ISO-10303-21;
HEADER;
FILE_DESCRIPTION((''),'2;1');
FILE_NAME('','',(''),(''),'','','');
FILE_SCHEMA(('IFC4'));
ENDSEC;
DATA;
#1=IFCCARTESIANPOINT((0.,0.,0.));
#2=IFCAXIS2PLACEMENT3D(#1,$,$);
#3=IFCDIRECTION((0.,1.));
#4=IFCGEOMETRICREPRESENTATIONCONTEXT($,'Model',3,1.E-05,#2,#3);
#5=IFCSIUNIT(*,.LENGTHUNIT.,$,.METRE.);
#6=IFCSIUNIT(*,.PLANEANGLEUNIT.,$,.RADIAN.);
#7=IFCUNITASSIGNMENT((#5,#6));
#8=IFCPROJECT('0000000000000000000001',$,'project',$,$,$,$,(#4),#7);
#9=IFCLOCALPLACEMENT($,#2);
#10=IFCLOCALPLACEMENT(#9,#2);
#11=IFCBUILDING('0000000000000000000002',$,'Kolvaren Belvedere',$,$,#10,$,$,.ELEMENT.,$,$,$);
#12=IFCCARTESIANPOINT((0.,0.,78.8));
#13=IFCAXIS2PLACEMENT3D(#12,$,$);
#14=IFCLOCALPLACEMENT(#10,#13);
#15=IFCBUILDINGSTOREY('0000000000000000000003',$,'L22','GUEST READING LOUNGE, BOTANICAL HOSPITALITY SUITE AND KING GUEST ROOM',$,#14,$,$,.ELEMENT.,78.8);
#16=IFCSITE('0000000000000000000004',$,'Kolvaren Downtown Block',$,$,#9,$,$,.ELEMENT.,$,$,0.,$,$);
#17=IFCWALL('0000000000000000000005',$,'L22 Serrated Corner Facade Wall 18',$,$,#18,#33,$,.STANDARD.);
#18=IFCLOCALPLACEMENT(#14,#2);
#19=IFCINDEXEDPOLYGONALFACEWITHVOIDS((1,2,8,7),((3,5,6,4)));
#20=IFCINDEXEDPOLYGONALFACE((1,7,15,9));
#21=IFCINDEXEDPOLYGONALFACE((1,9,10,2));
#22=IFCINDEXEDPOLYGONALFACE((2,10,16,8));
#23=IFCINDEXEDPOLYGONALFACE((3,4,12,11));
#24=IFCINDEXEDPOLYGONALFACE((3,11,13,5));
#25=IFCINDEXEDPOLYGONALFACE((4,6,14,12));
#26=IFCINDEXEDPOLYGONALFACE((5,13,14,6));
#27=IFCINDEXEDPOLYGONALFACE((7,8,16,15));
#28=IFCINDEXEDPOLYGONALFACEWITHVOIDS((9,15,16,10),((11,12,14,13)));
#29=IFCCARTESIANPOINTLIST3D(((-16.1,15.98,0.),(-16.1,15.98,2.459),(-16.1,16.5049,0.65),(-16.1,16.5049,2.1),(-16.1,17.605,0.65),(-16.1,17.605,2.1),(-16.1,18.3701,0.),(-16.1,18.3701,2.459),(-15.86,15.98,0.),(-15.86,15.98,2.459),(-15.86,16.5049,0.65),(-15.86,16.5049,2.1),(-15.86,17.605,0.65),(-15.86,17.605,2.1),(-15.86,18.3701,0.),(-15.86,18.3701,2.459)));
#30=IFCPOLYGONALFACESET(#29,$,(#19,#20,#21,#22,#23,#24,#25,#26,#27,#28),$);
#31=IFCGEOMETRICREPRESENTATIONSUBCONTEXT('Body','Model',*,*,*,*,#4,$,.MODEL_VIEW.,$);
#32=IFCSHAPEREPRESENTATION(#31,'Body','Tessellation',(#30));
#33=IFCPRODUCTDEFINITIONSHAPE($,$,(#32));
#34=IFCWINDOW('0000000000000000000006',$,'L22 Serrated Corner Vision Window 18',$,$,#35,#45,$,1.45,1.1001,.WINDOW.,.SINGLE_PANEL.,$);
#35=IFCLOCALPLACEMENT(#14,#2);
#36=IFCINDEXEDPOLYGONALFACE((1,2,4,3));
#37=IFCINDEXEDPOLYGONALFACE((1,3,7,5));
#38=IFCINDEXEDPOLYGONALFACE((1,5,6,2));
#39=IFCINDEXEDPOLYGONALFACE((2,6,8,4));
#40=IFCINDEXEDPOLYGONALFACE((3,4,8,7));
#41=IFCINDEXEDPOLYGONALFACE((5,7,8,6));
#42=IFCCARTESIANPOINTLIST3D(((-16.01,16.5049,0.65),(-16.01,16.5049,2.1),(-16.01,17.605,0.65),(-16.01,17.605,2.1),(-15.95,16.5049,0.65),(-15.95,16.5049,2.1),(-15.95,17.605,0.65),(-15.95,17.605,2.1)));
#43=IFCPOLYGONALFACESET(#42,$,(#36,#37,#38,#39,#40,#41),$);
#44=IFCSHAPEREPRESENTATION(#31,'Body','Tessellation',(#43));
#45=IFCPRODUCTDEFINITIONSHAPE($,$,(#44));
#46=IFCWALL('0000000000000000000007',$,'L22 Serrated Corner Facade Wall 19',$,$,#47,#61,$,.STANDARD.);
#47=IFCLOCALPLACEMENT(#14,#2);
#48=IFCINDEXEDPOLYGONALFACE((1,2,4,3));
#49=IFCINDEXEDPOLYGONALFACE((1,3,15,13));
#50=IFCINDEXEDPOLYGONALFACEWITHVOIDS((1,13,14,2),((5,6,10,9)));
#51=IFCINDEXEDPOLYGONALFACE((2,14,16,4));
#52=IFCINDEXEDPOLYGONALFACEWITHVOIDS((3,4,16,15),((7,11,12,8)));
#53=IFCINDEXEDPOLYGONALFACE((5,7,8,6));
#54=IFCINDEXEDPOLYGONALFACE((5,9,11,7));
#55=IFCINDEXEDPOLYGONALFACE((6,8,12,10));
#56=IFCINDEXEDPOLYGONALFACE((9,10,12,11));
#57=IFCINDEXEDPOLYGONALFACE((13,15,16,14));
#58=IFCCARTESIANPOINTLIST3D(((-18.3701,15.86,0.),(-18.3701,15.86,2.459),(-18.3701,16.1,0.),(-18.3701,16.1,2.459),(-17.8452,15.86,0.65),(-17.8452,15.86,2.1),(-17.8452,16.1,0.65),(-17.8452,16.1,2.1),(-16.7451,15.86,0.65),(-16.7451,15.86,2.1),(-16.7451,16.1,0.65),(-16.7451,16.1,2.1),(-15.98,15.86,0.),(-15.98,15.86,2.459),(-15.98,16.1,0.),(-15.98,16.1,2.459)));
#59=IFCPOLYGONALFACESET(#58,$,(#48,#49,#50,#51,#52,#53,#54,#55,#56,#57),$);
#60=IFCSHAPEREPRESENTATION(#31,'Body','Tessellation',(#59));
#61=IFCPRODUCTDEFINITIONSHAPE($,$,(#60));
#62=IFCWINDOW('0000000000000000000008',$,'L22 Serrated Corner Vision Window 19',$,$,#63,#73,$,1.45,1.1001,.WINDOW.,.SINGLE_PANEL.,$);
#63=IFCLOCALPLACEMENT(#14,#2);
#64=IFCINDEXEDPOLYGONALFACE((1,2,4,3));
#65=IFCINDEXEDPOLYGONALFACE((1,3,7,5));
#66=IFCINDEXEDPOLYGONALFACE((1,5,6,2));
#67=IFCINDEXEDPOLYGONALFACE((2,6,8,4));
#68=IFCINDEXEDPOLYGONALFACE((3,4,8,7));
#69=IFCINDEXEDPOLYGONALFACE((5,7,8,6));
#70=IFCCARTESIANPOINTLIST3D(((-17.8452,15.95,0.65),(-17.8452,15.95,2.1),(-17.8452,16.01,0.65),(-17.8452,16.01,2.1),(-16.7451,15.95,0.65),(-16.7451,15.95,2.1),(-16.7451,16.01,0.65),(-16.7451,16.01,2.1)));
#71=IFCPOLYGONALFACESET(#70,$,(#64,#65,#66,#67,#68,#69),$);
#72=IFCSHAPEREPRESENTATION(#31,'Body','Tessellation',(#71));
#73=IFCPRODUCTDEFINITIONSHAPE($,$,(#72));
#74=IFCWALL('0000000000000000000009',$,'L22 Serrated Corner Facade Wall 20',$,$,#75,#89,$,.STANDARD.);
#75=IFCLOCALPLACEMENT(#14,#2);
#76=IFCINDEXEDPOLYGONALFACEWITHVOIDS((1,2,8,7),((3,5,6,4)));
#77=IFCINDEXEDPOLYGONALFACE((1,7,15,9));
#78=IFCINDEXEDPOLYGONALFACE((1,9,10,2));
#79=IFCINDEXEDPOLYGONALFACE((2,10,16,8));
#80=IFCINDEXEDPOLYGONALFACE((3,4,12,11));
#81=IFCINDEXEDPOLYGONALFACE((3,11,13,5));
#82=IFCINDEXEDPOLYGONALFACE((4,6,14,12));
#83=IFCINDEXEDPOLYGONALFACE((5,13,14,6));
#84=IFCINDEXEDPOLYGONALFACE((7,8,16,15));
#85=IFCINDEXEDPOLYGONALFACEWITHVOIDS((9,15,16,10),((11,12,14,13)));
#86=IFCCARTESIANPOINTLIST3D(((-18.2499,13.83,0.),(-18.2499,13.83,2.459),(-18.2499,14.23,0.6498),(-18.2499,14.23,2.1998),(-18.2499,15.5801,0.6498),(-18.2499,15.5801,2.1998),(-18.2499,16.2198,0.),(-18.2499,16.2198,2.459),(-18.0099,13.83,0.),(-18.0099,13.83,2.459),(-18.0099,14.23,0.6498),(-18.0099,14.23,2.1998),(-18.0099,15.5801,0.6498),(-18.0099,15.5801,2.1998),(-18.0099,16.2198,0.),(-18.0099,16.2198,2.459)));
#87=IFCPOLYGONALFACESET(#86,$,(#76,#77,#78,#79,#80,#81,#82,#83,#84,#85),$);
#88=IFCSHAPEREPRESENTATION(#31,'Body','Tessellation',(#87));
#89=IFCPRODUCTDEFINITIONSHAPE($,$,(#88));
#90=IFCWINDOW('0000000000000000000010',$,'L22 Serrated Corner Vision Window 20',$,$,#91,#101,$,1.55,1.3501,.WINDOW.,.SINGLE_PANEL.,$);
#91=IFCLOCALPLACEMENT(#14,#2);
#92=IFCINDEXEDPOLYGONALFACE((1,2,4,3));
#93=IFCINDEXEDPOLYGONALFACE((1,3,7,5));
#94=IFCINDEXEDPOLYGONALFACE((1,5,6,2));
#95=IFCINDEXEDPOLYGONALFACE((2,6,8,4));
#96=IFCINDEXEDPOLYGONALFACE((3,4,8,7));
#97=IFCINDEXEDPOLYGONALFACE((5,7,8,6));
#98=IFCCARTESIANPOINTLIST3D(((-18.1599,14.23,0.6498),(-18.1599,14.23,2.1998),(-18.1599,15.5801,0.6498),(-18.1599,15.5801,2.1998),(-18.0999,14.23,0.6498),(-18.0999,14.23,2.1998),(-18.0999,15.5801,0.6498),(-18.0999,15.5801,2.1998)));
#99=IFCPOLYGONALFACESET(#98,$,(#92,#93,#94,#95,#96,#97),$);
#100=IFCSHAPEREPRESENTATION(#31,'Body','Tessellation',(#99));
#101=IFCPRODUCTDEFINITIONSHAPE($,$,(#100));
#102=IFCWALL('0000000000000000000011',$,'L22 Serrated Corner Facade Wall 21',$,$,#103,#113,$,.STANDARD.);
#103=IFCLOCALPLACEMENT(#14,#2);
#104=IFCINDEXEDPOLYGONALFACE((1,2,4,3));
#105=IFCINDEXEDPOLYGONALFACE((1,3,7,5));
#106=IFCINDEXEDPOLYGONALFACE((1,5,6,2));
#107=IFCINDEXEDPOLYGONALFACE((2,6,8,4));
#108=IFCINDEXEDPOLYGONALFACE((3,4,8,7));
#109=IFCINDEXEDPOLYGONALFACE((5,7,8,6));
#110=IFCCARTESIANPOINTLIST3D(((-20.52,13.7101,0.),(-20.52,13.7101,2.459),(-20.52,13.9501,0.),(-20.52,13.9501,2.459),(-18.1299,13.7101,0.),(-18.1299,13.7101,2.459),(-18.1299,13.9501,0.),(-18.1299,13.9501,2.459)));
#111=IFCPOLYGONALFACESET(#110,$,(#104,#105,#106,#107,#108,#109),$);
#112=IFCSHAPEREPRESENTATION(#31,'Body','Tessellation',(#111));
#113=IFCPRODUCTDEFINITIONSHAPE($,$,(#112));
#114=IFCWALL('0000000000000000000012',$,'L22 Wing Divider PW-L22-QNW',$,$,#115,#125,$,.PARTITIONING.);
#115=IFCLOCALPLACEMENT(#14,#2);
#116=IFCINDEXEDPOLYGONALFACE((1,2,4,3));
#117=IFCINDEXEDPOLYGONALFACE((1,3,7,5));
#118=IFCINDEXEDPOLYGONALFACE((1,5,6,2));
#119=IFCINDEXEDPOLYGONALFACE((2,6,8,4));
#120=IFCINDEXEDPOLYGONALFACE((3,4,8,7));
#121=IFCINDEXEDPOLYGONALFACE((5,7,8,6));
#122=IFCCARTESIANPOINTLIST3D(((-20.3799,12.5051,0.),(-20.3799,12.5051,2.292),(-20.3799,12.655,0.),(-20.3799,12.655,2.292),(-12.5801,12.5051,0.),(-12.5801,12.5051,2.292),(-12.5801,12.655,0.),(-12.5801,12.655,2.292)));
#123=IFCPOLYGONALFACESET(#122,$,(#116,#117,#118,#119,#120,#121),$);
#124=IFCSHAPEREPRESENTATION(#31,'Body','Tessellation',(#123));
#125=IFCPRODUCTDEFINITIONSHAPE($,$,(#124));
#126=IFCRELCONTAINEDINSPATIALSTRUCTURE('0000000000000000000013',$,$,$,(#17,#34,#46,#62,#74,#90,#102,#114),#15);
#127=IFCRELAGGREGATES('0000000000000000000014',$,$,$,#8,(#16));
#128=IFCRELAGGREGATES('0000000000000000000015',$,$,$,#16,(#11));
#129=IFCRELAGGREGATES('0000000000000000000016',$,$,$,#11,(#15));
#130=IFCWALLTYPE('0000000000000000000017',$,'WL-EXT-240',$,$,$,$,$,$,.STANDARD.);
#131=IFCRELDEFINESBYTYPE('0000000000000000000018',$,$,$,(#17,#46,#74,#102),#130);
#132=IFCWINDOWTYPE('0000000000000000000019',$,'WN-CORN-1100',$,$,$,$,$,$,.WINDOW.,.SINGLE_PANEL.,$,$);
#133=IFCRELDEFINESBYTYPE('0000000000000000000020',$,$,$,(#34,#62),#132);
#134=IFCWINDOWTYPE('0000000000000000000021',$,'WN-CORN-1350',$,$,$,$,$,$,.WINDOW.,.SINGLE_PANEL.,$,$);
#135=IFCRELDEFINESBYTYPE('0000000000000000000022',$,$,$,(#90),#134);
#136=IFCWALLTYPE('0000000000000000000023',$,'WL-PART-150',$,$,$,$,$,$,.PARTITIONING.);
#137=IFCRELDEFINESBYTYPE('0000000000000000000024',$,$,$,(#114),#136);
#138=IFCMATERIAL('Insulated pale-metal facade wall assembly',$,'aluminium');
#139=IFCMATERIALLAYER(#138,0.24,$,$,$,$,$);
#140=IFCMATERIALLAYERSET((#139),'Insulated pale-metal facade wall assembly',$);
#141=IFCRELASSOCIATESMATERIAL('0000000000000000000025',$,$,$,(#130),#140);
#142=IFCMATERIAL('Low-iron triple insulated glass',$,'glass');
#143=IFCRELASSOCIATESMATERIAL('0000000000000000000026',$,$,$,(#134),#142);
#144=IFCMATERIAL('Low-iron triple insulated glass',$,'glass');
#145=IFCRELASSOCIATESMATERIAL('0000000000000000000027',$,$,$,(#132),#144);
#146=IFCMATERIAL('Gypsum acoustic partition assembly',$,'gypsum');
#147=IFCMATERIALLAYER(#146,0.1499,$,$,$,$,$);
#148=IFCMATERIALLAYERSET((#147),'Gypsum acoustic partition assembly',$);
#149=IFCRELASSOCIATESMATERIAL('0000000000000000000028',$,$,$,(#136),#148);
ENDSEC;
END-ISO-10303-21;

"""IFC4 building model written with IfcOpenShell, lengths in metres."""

from ifc_helpers import new_model, si_unit, direction, frame, frame_2d, origin, place, context, subcontext, project, spatial, rectangle, extrude, material, layer, layer_set, type_object, element, fill, save


model = new_model("IFC4")

# Units and contexts
model_context = context("Model", 3, precision=1e-05, world=origin(), true_north=direction((0.0, 1.0)))
body_context = subcontext(model_context, "Body", "Model", "MODEL_VIEW")
ifc_project = project(units=[si_unit("LENGTHUNIT", "METRE"), si_unit("PLANEANGLEUNIT", "RADIAN")], contexts=[model_context])

# Site, building, storey
site_placement = place(None, origin())
site = spatial("IfcSite", under=ifc_project, at=site_placement, Name="Kolvaren Downtown Block", CompositionType="ELEMENT", RefElevation=0.0)
building_placement = place(site_placement, origin())
building = spatial("IfcBuilding", under=site, at=building_placement, Name="Kolvaren Belvedere", CompositionType="ELEMENT")
storey_placement = place(building_placement, frame((0.0, 0.0, 78.8)))
storey = spatial("IfcBuildingStorey", under=building, at=storey_placement, Name="L22", Description="GUEST READING LOUNGE, BOTANICAL HOSPITALITY SUITE AND KING GUEST ROOM", CompositionType="ELEMENT", Elevation=78.8)

# Shared definitions
ifc_material_1 = material(Name="Insulated pale-metal facade wall assembly", Category="aluminium")
ifc_layer_1 = layer(ifc_material_1, 0.24)
ifc_layer_set_1 = layer_set([ifc_layer_1], Name="Insulated pale-metal facade wall assembly")
wall_type_1 = type_object("IfcWallType", Name="WL-EXT-240", PredefinedType="STANDARD", material=ifc_layer_set_1)

# Walls, openings, windows
ifc_material_2 = material(Name="Low-iron triple insulated glass", Category="glass")
window_type_1 = type_object("IfcWindowType", Name="WN-CORN-1350", PartitioningType="SINGLE_PANEL", PredefinedType="WINDOW", material=ifc_material_2)
wall_1_placement = place(storey_placement, frame((-15.98, 15.98, 0.0), z_axis=(0.0, 0.0, 1.0), x_axis=(0.0, 1.0, 0.0)))
wall_1 = element("IfcWall", 1, at=wall_1_placement, inside=storey, type_object=wall_type_1, Name="L22 Serrated Corner Facade Wall 18", PredefinedType="STANDARD", context=body_context, shape_type="SweptSolid", body=[
    extrude(rectangle(XDim=2.3901, YDim=0.24, at=frame_2d((1.1951, 0.0))), origin(), (0.0, 0.0, 1.0), 2.459),
])
opening_1_placement = place(wall_1_placement, frame((0.5249, 0.0, 0.6499)))
opening_1 = element("IfcOpeningElement", 2, at=opening_1_placement, cuts=wall_1, PredefinedType="OPENING", context=body_context, shape_type="SweptSolid", body=[
    extrude(rectangle(XDim=1.1001, YDim=1.45, at=frame_2d((0.55, 0.7251))), frame((0.0, 0.1299, 0.0), z_axis=(0.0, -1.0, 0.0), x_axis=(1.0, 0.0, 0.0)), (0.0, 0.0, 1.0), 0.26),
])
ifc_material_3 = material(Name="Low-iron triple insulated glass", Category="glass")
window_type_2 = type_object("IfcWindowType", Name="WN-CORN-1100", PartitioningType="SINGLE_PANEL", PredefinedType="WINDOW", material=ifc_material_3)
window_1_placement = place(opening_1_placement, origin())
window_1 = element("IfcWindow", 3, at=window_1_placement, inside=storey, type_object=window_type_2, Name="L22 Serrated Corner Vision Window 18", OverallHeight=1.45, OverallWidth=1.1001, PartitioningType="SINGLE_PANEL", PredefinedType="WINDOW", context=body_context, shape_type="SweptSolid", body=[
    extrude(rectangle(XDim=1.1001, YDim=1.45, at=frame_2d((0.55, 0.7251))), frame((0.0, 0.03, 0.0), z_axis=(0.0, -1.0, 0.0), x_axis=(1.0, 0.0, 0.0)), (0.0, 0.0, 1.0), 0.0601),
])
fill(opening_1, window_1)
wall_2_placement = place(storey_placement, frame((-18.3701, 15.98, 0.0), z_axis=(0.0, 0.0, 1.0), x_axis=(1.0, 0.0, 0.0)))
wall_2 = element("IfcWall", 4, at=wall_2_placement, inside=storey, type_object=wall_type_1, Name="L22 Serrated Corner Facade Wall 19", PredefinedType="STANDARD", context=body_context, shape_type="SweptSolid", body=[
    extrude(rectangle(XDim=2.3901, YDim=0.24, at=frame_2d((1.1951, 0.0))), origin(), (0.0, 0.0, 1.0), 2.459),
])
opening_2_placement = place(wall_2_placement, frame((0.5249, 0.0, 0.6499)))
opening_2 = element("IfcOpeningElement", 5, at=opening_2_placement, cuts=wall_2, PredefinedType="OPENING", context=body_context, shape_type="SweptSolid", body=[
    extrude(rectangle(XDim=1.1001, YDim=1.45, at=frame_2d((0.55, 0.7251))), frame((0.0, 0.1299, 0.0), z_axis=(0.0, -1.0, 0.0), x_axis=(1.0, 0.0, 0.0)), (0.0, 0.0, 1.0), 0.26),
])
window_2_placement = place(opening_2_placement, origin())
window_2 = element("IfcWindow", 6, at=window_2_placement, inside=storey, type_object=window_type_2, Name="L22 Serrated Corner Vision Window 19", OverallHeight=1.45, OverallWidth=1.1001, PartitioningType="SINGLE_PANEL", PredefinedType="WINDOW", context=body_context, shape_type="SweptSolid", body=[
    extrude(rectangle(XDim=1.1001, YDim=1.45, at=frame_2d((0.55, 0.7251))), frame((0.0, 0.03, 0.0), z_axis=(0.0, -1.0, 0.0), x_axis=(1.0, 0.0, 0.0)), (0.0, 0.0, 1.0), 0.0601),
])
fill(opening_2, window_2)
wall_3_placement = place(storey_placement, frame((-18.1299, 13.8301, 0.0), z_axis=(0.0, 0.0, 1.0), x_axis=(0.0, 1.0, 0.0)))
wall_3 = element("IfcWall", 7, at=wall_3_placement, inside=storey, type_object=wall_type_1, Name="L22 Serrated Corner Facade Wall 20", PredefinedType="STANDARD", context=body_context, shape_type="SweptSolid", body=[
    extrude(rectangle(XDim=2.3899, YDim=0.24, at=frame_2d((1.1948, 0.0))), origin(), (0.0, 0.0, 1.0), 2.459),
])
opening_3_placement = place(wall_3_placement, frame((0.3999, 0.0, 0.6499)))
opening_3 = element("IfcOpeningElement", 8, at=opening_3_placement, cuts=wall_3, PredefinedType="OPENING", context=body_context, shape_type="SweptSolid", body=[
    extrude(rectangle(XDim=1.3501, YDim=1.55, at=frame_2d((0.675, 0.7749))), frame((0.0, 0.1299, 0.0), z_axis=(0.0, -1.0, 0.0), x_axis=(1.0, 0.0, 0.0)), (0.0, 0.0, 1.0), 0.26),
])
window_3_placement = place(opening_3_placement, origin())
window_3 = element("IfcWindow", 9, at=window_3_placement, inside=storey, type_object=window_type_1, Name="L22 Serrated Corner Vision Window 20", OverallHeight=1.55, OverallWidth=1.3501, PartitioningType="SINGLE_PANEL", PredefinedType="WINDOW", context=body_context, shape_type="SweptSolid", body=[
    extrude(rectangle(XDim=1.3501, YDim=1.55, at=frame_2d((0.675, 0.7749))), frame((0.0, 0.03, 0.0), z_axis=(0.0, -1.0, 0.0), x_axis=(1.0, 0.0, 0.0)), (0.0, 0.0, 1.0), 0.0601),
])
fill(opening_3, window_3)

# Walls
wall_4_placement = place(storey_placement, frame((-20.52, 13.8301, 0.0), z_axis=(0.0, 0.0, 1.0), x_axis=(1.0, 0.0, 0.0)))
element("IfcWall", 10, at=wall_4_placement, inside=storey, type_object=wall_type_1, Name="L22 Serrated Corner Facade Wall 21", PredefinedType="STANDARD", context=body_context, shape_type="SweptSolid", body=[
    extrude(rectangle(XDim=2.3901, YDim=0.24, at=frame_2d((1.1951, 0.0))), origin(), (0.0, 0.0, 1.0), 2.459),
])
ifc_material_4 = material(Name="Gypsum acoustic partition assembly", Category="gypsum")
ifc_layer_2 = layer(ifc_material_4, 0.1499)
ifc_layer_set_2 = layer_set([ifc_layer_2], Name="Gypsum acoustic partition assembly")
wall_type_2 = type_object("IfcWallType", Name="WL-PART-150", PredefinedType="PARTITIONING", material=ifc_layer_set_2)
wall_5_placement = place(storey_placement, frame((-20.3799, 12.5801, 0.0), z_axis=(0.0, 0.0, 1.0), x_axis=(1.0, 0.0, 0.0)))
element("IfcWall", 11, at=wall_5_placement, inside=storey, type_object=wall_type_2, Name="L22 Wing Divider PW-L22-QNW", PredefinedType="PARTITIONING", context=body_context, shape_type="SweptSolid", body=[
    extrude(rectangle(XDim=7.7998, YDim=0.1499, at=frame_2d((3.8999, 0.0))), origin(), (0.0, 0.0, 1.0), 2.292),
])

save(model, "model.ifc")
